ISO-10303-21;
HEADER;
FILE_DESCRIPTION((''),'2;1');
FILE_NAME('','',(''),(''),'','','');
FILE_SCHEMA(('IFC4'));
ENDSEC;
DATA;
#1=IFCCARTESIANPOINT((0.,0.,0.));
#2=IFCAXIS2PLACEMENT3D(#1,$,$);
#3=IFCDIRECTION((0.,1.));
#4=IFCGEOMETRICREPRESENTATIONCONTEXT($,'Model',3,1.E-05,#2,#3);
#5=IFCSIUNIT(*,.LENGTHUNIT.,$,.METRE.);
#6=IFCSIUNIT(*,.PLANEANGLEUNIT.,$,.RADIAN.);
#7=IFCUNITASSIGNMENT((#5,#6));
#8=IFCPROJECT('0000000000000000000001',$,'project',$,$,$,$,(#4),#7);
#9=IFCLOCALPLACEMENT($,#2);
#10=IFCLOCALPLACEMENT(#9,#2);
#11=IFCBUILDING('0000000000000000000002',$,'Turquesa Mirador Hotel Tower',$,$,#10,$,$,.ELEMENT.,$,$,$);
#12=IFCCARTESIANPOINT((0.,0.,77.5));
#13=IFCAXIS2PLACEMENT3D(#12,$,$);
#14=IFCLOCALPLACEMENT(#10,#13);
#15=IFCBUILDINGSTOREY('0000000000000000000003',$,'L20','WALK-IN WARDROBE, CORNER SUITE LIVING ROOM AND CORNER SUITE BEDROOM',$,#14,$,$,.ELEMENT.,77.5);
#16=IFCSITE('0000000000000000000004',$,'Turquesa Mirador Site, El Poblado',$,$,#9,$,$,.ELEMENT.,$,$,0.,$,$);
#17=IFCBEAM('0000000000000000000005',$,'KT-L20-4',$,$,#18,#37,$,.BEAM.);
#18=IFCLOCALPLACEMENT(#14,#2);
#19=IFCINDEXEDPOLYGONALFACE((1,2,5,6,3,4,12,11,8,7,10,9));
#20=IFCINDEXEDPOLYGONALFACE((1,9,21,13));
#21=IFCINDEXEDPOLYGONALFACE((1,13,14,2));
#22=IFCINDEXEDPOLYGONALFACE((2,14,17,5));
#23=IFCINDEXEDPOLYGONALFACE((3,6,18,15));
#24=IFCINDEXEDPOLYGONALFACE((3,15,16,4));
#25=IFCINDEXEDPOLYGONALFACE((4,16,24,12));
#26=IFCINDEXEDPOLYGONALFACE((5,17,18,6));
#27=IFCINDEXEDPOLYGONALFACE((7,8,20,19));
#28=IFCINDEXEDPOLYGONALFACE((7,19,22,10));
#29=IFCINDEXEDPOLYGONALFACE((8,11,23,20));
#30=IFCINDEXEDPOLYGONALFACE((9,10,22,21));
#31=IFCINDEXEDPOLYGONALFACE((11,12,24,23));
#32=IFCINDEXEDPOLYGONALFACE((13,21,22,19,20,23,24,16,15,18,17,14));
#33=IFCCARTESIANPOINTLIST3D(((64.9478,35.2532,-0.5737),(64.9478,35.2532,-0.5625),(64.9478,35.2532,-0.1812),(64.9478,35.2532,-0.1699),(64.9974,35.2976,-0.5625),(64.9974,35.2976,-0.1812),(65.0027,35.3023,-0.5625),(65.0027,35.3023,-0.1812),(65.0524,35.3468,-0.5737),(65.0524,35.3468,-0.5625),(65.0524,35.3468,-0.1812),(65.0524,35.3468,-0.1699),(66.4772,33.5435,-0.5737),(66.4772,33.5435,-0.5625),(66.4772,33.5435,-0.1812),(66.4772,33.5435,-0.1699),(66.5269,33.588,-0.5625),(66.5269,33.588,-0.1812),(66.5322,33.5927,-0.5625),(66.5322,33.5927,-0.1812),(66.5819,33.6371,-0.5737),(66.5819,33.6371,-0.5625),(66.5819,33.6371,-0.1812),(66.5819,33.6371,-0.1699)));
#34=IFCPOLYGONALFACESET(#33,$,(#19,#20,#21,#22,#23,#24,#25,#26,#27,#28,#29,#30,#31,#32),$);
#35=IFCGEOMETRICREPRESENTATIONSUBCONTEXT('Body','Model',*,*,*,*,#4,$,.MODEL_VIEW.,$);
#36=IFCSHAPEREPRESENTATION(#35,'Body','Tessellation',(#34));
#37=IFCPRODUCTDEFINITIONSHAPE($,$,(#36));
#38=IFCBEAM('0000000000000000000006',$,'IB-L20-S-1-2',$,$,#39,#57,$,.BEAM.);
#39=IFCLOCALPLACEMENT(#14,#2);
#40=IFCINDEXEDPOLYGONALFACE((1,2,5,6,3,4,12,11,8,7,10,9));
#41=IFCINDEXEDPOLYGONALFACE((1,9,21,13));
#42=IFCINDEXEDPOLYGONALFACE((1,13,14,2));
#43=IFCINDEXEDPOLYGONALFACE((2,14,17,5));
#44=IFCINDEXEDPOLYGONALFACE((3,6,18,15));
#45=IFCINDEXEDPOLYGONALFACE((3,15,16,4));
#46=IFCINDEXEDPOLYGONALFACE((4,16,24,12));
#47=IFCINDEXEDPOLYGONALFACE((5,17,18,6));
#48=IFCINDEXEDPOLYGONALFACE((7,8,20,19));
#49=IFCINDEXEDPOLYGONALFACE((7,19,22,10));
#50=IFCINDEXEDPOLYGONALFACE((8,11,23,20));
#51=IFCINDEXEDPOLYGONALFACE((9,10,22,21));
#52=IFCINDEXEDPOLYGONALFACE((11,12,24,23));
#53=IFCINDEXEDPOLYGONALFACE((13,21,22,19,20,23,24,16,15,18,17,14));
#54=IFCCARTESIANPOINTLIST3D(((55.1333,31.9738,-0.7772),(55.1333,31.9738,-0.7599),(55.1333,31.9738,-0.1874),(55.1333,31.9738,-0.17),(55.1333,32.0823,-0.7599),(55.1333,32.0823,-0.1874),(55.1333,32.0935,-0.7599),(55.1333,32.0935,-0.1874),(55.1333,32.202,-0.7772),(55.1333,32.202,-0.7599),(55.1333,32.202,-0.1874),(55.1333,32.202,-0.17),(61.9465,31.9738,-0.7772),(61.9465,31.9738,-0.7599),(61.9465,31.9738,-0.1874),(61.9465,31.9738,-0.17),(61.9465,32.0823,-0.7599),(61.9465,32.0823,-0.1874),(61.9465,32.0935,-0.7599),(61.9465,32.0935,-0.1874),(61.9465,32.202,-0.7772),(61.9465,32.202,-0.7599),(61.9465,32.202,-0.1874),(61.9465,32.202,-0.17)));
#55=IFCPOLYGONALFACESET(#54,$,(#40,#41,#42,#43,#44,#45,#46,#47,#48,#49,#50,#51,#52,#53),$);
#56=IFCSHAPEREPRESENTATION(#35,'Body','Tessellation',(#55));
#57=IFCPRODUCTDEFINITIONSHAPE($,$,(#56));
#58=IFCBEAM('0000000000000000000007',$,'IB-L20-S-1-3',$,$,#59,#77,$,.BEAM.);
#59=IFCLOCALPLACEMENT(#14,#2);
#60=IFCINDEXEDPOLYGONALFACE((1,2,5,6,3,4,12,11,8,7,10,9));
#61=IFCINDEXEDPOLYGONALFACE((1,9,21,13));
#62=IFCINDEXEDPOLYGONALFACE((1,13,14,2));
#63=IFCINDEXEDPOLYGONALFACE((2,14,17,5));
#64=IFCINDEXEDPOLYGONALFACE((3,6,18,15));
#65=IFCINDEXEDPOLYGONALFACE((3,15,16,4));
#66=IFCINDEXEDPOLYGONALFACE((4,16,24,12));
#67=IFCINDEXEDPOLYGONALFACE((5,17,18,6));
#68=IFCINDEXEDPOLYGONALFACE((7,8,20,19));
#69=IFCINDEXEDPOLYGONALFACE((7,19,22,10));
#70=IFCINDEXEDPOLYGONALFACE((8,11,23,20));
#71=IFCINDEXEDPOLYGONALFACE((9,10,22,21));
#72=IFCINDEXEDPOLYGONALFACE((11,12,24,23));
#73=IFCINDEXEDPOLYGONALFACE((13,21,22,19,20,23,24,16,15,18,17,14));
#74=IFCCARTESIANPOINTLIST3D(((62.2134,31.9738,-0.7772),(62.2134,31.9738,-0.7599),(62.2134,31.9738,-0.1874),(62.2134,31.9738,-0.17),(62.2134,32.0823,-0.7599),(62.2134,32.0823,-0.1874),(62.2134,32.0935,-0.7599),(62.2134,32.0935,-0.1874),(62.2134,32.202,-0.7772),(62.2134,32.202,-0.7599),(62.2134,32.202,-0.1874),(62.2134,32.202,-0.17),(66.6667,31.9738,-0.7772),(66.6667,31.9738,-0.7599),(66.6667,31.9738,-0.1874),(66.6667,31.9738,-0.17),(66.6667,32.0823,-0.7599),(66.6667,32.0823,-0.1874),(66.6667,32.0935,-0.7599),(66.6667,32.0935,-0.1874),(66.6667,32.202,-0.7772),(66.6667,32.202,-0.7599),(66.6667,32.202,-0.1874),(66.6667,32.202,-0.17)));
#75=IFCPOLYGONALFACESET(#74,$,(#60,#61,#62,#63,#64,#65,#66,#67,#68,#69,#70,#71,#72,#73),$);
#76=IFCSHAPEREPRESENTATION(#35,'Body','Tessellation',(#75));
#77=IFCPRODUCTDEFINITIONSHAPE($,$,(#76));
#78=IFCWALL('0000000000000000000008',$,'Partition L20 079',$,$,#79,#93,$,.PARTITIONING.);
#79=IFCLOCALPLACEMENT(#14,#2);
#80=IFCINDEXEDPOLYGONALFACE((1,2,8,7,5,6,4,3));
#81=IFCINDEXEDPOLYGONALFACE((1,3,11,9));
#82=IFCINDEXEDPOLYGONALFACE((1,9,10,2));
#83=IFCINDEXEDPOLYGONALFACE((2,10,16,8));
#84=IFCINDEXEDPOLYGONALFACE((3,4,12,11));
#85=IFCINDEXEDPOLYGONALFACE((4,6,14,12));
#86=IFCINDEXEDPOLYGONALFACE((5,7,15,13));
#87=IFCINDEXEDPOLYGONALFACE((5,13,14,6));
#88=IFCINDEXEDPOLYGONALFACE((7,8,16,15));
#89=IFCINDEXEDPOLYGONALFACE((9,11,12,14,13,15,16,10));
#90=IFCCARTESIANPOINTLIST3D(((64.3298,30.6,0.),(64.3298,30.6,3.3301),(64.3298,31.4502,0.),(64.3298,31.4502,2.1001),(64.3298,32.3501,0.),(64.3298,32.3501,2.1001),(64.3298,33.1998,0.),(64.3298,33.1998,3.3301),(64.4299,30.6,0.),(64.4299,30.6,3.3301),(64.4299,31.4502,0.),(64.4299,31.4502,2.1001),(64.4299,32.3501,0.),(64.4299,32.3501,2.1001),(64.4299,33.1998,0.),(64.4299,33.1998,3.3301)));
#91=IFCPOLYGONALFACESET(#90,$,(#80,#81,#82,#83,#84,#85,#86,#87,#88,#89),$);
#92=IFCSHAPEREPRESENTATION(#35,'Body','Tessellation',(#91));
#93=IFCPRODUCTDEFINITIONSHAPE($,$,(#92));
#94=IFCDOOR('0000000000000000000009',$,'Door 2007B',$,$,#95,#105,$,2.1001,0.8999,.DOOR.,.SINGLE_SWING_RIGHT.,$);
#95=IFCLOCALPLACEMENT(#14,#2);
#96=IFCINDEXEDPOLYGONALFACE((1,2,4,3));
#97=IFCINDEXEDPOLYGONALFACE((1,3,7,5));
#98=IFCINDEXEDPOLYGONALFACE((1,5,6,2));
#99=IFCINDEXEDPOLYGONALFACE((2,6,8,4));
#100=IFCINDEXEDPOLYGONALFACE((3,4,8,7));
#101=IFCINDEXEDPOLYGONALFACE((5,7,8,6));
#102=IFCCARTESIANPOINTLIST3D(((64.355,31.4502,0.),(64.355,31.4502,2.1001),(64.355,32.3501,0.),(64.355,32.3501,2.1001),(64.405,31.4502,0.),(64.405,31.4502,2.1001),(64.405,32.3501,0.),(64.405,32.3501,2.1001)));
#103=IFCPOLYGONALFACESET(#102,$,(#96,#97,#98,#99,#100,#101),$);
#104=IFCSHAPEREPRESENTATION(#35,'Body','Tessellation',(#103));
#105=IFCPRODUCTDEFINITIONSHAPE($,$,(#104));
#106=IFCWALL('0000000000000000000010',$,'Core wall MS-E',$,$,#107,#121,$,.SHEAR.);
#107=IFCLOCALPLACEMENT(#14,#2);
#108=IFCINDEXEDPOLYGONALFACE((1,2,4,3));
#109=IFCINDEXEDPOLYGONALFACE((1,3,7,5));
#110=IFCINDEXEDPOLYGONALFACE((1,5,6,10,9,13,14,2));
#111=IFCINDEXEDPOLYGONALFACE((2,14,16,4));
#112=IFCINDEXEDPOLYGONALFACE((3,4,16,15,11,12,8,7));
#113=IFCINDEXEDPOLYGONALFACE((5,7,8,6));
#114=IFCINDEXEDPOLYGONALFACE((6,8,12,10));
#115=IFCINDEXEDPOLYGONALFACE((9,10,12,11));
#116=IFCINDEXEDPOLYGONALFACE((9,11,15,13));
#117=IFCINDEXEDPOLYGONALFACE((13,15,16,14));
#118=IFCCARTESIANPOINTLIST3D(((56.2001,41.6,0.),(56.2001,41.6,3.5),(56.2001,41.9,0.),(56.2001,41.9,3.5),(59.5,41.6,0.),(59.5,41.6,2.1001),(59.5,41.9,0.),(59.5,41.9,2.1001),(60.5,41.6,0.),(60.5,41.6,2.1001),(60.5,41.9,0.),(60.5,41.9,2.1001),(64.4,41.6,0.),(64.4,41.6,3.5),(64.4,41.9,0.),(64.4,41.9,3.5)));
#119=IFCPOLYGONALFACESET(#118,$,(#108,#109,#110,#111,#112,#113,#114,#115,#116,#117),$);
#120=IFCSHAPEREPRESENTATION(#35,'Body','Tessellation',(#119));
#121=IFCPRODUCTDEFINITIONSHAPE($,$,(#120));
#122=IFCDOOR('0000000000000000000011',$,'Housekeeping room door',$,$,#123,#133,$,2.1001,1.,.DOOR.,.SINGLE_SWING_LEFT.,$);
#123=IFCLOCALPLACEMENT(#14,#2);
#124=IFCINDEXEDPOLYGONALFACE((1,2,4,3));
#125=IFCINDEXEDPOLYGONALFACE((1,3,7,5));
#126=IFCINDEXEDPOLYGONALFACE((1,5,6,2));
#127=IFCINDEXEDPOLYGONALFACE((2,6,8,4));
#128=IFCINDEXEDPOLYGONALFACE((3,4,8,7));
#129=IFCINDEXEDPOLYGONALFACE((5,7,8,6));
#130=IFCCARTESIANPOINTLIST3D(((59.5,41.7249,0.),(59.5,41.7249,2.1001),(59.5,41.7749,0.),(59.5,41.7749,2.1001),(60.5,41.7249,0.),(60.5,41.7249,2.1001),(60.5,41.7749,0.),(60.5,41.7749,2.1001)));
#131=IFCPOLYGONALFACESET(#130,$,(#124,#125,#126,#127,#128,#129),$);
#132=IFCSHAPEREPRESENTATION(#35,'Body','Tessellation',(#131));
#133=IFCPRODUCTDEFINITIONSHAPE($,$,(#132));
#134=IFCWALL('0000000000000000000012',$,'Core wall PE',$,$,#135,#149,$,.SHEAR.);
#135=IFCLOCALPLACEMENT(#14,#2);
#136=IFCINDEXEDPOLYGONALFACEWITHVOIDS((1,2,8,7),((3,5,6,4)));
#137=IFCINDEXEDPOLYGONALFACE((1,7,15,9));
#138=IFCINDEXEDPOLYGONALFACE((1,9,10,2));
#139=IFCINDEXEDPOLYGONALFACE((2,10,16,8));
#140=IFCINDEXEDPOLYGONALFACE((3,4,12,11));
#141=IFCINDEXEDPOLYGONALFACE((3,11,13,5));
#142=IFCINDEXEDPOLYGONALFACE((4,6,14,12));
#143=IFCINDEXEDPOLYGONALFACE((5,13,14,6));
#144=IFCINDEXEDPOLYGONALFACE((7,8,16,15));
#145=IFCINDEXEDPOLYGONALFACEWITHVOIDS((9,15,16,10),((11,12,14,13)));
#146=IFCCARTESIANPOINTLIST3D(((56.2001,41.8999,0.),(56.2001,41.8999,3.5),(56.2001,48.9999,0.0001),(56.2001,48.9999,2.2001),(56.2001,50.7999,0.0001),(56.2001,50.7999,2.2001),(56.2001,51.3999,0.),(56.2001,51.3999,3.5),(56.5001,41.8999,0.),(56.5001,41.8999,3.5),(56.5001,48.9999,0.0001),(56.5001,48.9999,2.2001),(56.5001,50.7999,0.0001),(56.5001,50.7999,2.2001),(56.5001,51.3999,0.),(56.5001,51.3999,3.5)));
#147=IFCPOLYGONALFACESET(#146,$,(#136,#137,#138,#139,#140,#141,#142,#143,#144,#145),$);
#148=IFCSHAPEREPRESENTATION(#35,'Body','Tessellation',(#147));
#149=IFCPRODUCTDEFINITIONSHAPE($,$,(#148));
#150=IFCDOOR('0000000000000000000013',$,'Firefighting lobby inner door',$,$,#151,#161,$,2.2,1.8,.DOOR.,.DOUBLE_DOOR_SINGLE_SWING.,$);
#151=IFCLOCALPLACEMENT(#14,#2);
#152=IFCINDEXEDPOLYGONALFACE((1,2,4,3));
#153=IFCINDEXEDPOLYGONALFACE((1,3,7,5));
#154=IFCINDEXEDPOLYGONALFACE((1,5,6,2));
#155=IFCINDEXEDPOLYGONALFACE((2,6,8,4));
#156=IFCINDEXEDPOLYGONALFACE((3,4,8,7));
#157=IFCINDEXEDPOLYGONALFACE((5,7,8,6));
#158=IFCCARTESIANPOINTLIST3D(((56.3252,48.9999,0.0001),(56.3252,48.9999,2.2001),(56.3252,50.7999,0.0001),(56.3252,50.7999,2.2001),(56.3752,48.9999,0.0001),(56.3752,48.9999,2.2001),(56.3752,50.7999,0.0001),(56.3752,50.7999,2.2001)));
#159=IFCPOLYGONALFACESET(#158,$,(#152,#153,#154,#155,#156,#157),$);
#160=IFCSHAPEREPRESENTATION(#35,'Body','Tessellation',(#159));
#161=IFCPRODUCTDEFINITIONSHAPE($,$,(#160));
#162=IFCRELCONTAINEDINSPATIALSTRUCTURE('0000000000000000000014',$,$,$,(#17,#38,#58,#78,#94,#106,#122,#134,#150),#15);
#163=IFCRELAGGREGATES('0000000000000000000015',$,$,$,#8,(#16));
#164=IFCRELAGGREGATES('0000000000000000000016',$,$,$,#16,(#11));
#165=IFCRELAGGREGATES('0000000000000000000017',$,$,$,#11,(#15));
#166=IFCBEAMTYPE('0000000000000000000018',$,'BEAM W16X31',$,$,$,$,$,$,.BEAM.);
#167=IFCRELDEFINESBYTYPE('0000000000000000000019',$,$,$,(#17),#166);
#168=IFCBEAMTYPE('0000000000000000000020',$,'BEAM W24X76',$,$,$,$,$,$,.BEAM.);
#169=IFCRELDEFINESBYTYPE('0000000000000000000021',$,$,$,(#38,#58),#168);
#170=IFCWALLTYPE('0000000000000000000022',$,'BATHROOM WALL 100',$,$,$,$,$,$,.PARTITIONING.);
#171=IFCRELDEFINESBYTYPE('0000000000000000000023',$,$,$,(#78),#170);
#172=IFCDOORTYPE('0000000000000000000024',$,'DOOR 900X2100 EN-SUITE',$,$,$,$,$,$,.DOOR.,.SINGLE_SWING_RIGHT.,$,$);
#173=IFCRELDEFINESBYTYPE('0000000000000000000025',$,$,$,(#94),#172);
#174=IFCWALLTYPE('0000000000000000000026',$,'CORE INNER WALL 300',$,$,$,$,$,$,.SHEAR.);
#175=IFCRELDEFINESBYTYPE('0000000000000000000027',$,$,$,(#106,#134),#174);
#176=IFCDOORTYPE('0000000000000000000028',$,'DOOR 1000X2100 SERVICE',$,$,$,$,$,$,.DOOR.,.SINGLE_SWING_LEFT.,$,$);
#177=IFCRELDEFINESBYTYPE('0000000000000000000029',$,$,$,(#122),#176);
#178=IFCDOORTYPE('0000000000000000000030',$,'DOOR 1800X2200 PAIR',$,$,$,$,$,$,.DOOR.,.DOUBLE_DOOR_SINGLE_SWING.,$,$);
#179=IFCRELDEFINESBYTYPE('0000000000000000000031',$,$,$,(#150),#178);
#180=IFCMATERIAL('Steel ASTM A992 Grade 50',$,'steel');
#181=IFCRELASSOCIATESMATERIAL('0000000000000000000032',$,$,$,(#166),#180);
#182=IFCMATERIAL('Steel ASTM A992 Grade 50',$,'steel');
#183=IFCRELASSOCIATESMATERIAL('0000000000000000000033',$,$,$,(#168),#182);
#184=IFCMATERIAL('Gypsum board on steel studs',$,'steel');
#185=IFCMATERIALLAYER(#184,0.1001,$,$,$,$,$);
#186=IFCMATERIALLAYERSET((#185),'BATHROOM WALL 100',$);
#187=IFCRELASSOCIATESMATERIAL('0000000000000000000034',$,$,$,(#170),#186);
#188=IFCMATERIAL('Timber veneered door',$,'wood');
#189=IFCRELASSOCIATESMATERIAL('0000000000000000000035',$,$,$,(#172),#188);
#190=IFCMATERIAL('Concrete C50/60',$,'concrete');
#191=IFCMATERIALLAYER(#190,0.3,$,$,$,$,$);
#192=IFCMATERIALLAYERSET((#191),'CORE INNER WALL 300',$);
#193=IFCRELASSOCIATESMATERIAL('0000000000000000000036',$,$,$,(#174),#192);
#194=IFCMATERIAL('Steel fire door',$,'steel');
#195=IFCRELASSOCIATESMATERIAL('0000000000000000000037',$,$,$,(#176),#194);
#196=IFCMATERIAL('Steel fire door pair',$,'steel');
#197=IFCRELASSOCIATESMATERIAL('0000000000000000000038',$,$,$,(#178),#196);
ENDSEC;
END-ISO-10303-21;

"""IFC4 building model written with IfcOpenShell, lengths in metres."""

from ifc_helpers import new_model, si_unit, direction, frame, frame_2d, origin, origin_2d, place, context, subcontext, project, spatial, rectangle, i_section, extrude, material, layer, layer_set, material_profile, profile_set, type_object, element, fill, save


model = new_model("IFC4")

# Units and contexts
model_context = context("Model", 3, precision=1e-05, world=origin(), true_north=direction((0.0, 1.0)))
body_context = subcontext(model_context, "Body", "Model", "MODEL_VIEW")
ifc_project = project(units=[si_unit("LENGTHUNIT", "METRE"), si_unit("PLANEANGLEUNIT", "RADIAN")], contexts=[model_context])

# Site, building, storey
site_placement = place(None, origin())
site = spatial("IfcSite", under=ifc_project, at=site_placement, Name="Turquesa Mirador Site, El Poblado", CompositionType="ELEMENT", RefElevation=0.0)
building_placement = place(site_placement, origin())
building = spatial("IfcBuilding", under=site, at=building_placement, Name="Turquesa Mirador Hotel Tower", CompositionType="ELEMENT")
storey_placement = place(building_placement, frame((0.0, 0.0, 77.5)))
storey = spatial("IfcBuildingStorey", under=building, at=storey_placement, Name="L20", Description="WALK-IN WARDROBE, CORNER SUITE LIVING ROOM AND CORNER SUITE BEDROOM", CompositionType="ELEMENT", Elevation=77.5)

# Beams
ifc_material_1 = material(Name="Steel ASTM A992 Grade 50", Category="steel")
ifc_material_profile_1 = material_profile(ifc_material_1, i_section(OverallWidth=0.1404, OverallDepth=0.4038, WebThickness=0.0071, FlangeThickness=0.0112, at=origin_2d()), Name="W16X31")
ifc_profile_set_1 = profile_set([ifc_material_profile_1], Name="Steel ASTM A992 Grade 50")
beam_type_1 = type_object("IfcBeamType", Name="BEAM W16X31", PredefinedType="BEAM", material=ifc_profile_set_1)
beam_1_placement = place(storey_placement, frame((66.5295, 33.5903, -0.3718), z_axis=(-0.666745, 0.745286, 0.0), x_axis=(-0.745286, -0.666745, 0.0)))
element("IfcBeam", 1, at=beam_1_placement, inside=storey, type_object=beam_type_1, Name="KT-L20-4", PredefinedType="BEAM", context=body_context, shape_type="SweptSolid", body=[
    extrude(i_section(OverallWidth=0.1404, OverallDepth=0.4038, WebThickness=0.0071, FlangeThickness=0.0112, at=origin_2d()), origin(), (0.0, 0.0, 1.0), 2.2939),
])
ifc_material_2 = material(Name="Steel ASTM A992 Grade 50", Category="steel")
ifc_material_profile_2 = material_profile(ifc_material_2, i_section(OverallWidth=0.2283, OverallDepth=0.6072, WebThickness=0.0112, FlangeThickness=0.0173, at=origin_2d()), Name="W24X76")
ifc_profile_set_2 = profile_set([ifc_material_profile_2], Name="Steel ASTM A992 Grade 50")
beam_type_2 = type_object("IfcBeamType", Name="BEAM W24X76", PredefinedType="BEAM", material=ifc_profile_set_2)
beam_2_placement = place(storey_placement, frame((55.1333, 32.0879, -0.4736), z_axis=(1.0, 0.0, 0.0), x_axis=(0.0, 1.0, 0.0)))
element("IfcBeam", 2, at=beam_2_placement, inside=storey, type_object=beam_type_2, Name="IB-L20-S-1-2", PredefinedType="BEAM", context=body_context, shape_type="SweptSolid", body=[
    extrude(i_section(OverallWidth=0.2283, OverallDepth=0.6072, WebThickness=0.0112, FlangeThickness=0.0173, at=origin_2d()), origin(), (0.0, 0.0, 1.0), 6.8132),
])
beam_3_placement = place(storey_placement, frame((62.2134, 32.0879, -0.4736), z_axis=(1.0, 0.0, 0.0), x_axis=(0.0, 1.0, 0.0)))
element("IfcBeam", 3, at=beam_3_placement, inside=storey, type_object=beam_type_2, Name="IB-L20-S-1-3", PredefinedType="BEAM", context=body_context, shape_type="SweptSolid", body=[
    extrude(i_section(OverallWidth=0.2283, OverallDepth=0.6072, WebThickness=0.0112, FlangeThickness=0.0173, at=origin_2d()), origin(), (0.0, 0.0, 1.0), 4.4534),
])

# Walls, openings, doors
ifc_material_3 = material(Name="Gypsum board on steel studs", Category="steel")
ifc_layer_1 = layer(ifc_material_3, 0.1001)
ifc_layer_set_1 = layer_set([ifc_layer_1], Name="BATHROOM WALL 100")
wall_type_1 = type_object("IfcWallType", Name="BATHROOM WALL 100", PredefinedType="PARTITIONING", material=ifc_layer_set_1)
wall_1_placement = place(storey_placement, frame((64.3799, 30.6001, 0.0), z_axis=(0.0, 0.0, 1.0), x_axis=(0.0, 1.0, 0.0)))
wall_1 = element("IfcWall", 4, at=wall_1_placement, inside=storey, type_object=wall_type_1, Name="Partition L20 079", PredefinedType="PARTITIONING", context=body_context, shape_type="SweptSolid", body=[
    extrude(rectangle(XDim=2.5999, YDim=0.1001, at=frame_2d((1.2998, 0.0))), origin(), (0.0, 0.0, 1.0), 3.3301),
])
opening_1_placement = place(wall_1_placement, frame((0.8501, 0.0, 0.0)))
opening_1 = element("IfcOpeningElement", 5, at=opening_1_placement, cuts=wall_1, PredefinedType="OPENING", context=body_context, shape_type="SweptSolid", body=[
    extrude(rectangle(XDim=0.8999, YDim=2.1001, at=frame_2d((0.45, 1.05))), frame((0.0, 0.0601, 0.0), z_axis=(0.0, -1.0, 0.0), x_axis=(1.0, 0.0, 0.0)), (0.0, 0.0, 1.0), 0.1201),
])
ifc_material_4 = material(Name="Timber veneered door", Category="wood")
door_type_1 = type_object("IfcDoorType", Name="DOOR 900X2100 EN-SUITE", OperationType="SINGLE_SWING_RIGHT", PredefinedType="DOOR", material=ifc_material_4)
door_1_placement = place(opening_1_placement, origin())
door_1 = element("IfcDoor", 6, at=door_1_placement, inside=storey, type_object=door_type_1, Name="Door 2007B", OperationType="SINGLE_SWING_RIGHT", OverallHeight=2.1001, OverallWidth=0.8999, PredefinedType="DOOR", context=body_context, shape_type="SweptSolid", body=[
    extrude(rectangle(XDim=0.8999, YDim=2.1001, at=frame_2d((0.45, 1.05))), frame((0.0, 0.0249, 0.0), z_axis=(0.0, -1.0, 0.0), x_axis=(1.0, 0.0, 0.0)), (0.0, 0.0, 1.0), 0.05),
])
fill(opening_1, door_1)
ifc_material_5 = material(Name="Concrete C50/60", Category="concrete")
ifc_layer_2 = layer(ifc_material_5, 0.3)
ifc_layer_set_2 = layer_set([ifc_layer_2], Name="CORE INNER WALL 300")
wall_type_2 = type_object("IfcWallType", Name="CORE INNER WALL 300", PredefinedType="SHEAR", material=ifc_layer_set_2)
wall_2_placement = place(storey_placement, frame((56.2, 41.75, 0.0), z_axis=(0.0, 0.0, 1.0), x_axis=(1.0, 0.0, 0.0)))
wall_2 = element("IfcWall", 7, at=wall_2_placement, inside=storey, type_object=wall_type_2, Name="Core wall MS-E", PredefinedType="SHEAR", context=body_context, shape_type="SweptSolid", body=[
    extrude(rectangle(XDim=8.2, YDim=0.3, at=frame_2d((4.1001, 0.0))), origin(), (0.0, 0.0, 1.0), 3.5),
])
opening_2_placement = place(wall_2_placement, frame((3.3, 0.0, 0.0)))
opening_2 = element("IfcOpeningElement", 8, at=opening_2_placement, cuts=wall_2, PredefinedType="OPENING", context=body_context, shape_type="SweptSolid", body=[
    extrude(rectangle(XDim=1.0, YDim=2.1001, at=frame_2d((0.5, 1.05))), frame((0.0, 0.1599, 0.0), z_axis=(0.0, -1.0, 0.0), x_axis=(1.0, 0.0, 0.0)), (0.0, 0.0, 1.0), 0.3201),
])
ifc_material_6 = material(Name="Steel fire door", Category="steel")
door_type_2 = type_object("IfcDoorType", Name="DOOR 1000X2100 SERVICE", OperationType="SINGLE_SWING_LEFT", PredefinedType="DOOR", material=ifc_material_6)
door_2_placement = place(opening_2_placement, origin())
door_2 = element("IfcDoor", 9, at=door_2_placement, inside=storey, type_object=door_type_2, Name="Housekeeping room door", OperationType="SINGLE_SWING_LEFT", OverallHeight=2.1001, OverallWidth=1.0, PredefinedType="DOOR", context=body_context, shape_type="SweptSolid", body=[
    extrude(rectangle(XDim=1.0, YDim=2.1001, at=frame_2d((0.5, 1.05))), frame((0.0, 0.0249, 0.0), z_axis=(0.0, -1.0, 0.0), x_axis=(1.0, 0.0, 0.0)), (0.0, 0.0, 1.0), 0.05),
])
fill(opening_2, door_2)
wall_3_placement = place(storey_placement, frame((56.3501, 41.8999, 0.0), z_axis=(0.0, 0.0, 1.0), x_axis=(0.0, 1.0, 0.0)))
wall_3 = element("IfcWall", 10, at=wall_3_placement, inside=storey, type_object=wall_type_2, Name="Core wall PE", PredefinedType="SHEAR", context=body_context, shape_type="SweptSolid", body=[
    extrude(rectangle(XDim=9.5, YDim=0.3, at=frame_2d((4.75, 0.0))), origin(), (0.0, 0.0, 1.0), 3.5),
])
opening_3_placement = place(wall_3_placement, frame((7.1001, 0.0, 0.0)))
opening_3 = element("IfcOpeningElement", 11, at=opening_3_placement, cuts=wall_3, PredefinedType="OPENING", context=body_context, shape_type="SweptSolid", body=[
    extrude(rectangle(XDim=1.8, YDim=2.2, at=frame_2d((0.8999, 1.1001))), frame((0.0, 0.1599, 0.0), z_axis=(0.0, -1.0, 0.0), x_axis=(1.0, 0.0, 0.0)), (0.0, 0.0, 1.0), 0.3201),
])
ifc_material_7 = material(Name="Steel fire door pair", Category="steel")
door_type_3 = type_object("IfcDoorType", Name="DOOR 1800X2200 PAIR", OperationType="DOUBLE_DOOR_SINGLE_SWING", PredefinedType="DOOR", material=ifc_material_7)
door_3_placement = place(opening_3_placement, origin())
door_3 = element("IfcDoor", 12, at=door_3_placement, inside=storey, type_object=door_type_3, Name="Firefighting lobby inner door", OperationType="DOUBLE_DOOR_SINGLE_SWING", OverallHeight=2.2, OverallWidth=1.8, PredefinedType="DOOR", context=body_context, shape_type="SweptSolid", body=[
    extrude(rectangle(XDim=1.8, YDim=2.2, at=frame_2d((0.8999, 1.1001))), frame((0.0, 0.0249, 0.0), z_axis=(0.0, -1.0, 0.0), x_axis=(1.0, 0.0, 0.0)), (0.0, 0.0, 1.0), 0.05),
])
fill(opening_3, door_3)

save(model, "model.ifc")
